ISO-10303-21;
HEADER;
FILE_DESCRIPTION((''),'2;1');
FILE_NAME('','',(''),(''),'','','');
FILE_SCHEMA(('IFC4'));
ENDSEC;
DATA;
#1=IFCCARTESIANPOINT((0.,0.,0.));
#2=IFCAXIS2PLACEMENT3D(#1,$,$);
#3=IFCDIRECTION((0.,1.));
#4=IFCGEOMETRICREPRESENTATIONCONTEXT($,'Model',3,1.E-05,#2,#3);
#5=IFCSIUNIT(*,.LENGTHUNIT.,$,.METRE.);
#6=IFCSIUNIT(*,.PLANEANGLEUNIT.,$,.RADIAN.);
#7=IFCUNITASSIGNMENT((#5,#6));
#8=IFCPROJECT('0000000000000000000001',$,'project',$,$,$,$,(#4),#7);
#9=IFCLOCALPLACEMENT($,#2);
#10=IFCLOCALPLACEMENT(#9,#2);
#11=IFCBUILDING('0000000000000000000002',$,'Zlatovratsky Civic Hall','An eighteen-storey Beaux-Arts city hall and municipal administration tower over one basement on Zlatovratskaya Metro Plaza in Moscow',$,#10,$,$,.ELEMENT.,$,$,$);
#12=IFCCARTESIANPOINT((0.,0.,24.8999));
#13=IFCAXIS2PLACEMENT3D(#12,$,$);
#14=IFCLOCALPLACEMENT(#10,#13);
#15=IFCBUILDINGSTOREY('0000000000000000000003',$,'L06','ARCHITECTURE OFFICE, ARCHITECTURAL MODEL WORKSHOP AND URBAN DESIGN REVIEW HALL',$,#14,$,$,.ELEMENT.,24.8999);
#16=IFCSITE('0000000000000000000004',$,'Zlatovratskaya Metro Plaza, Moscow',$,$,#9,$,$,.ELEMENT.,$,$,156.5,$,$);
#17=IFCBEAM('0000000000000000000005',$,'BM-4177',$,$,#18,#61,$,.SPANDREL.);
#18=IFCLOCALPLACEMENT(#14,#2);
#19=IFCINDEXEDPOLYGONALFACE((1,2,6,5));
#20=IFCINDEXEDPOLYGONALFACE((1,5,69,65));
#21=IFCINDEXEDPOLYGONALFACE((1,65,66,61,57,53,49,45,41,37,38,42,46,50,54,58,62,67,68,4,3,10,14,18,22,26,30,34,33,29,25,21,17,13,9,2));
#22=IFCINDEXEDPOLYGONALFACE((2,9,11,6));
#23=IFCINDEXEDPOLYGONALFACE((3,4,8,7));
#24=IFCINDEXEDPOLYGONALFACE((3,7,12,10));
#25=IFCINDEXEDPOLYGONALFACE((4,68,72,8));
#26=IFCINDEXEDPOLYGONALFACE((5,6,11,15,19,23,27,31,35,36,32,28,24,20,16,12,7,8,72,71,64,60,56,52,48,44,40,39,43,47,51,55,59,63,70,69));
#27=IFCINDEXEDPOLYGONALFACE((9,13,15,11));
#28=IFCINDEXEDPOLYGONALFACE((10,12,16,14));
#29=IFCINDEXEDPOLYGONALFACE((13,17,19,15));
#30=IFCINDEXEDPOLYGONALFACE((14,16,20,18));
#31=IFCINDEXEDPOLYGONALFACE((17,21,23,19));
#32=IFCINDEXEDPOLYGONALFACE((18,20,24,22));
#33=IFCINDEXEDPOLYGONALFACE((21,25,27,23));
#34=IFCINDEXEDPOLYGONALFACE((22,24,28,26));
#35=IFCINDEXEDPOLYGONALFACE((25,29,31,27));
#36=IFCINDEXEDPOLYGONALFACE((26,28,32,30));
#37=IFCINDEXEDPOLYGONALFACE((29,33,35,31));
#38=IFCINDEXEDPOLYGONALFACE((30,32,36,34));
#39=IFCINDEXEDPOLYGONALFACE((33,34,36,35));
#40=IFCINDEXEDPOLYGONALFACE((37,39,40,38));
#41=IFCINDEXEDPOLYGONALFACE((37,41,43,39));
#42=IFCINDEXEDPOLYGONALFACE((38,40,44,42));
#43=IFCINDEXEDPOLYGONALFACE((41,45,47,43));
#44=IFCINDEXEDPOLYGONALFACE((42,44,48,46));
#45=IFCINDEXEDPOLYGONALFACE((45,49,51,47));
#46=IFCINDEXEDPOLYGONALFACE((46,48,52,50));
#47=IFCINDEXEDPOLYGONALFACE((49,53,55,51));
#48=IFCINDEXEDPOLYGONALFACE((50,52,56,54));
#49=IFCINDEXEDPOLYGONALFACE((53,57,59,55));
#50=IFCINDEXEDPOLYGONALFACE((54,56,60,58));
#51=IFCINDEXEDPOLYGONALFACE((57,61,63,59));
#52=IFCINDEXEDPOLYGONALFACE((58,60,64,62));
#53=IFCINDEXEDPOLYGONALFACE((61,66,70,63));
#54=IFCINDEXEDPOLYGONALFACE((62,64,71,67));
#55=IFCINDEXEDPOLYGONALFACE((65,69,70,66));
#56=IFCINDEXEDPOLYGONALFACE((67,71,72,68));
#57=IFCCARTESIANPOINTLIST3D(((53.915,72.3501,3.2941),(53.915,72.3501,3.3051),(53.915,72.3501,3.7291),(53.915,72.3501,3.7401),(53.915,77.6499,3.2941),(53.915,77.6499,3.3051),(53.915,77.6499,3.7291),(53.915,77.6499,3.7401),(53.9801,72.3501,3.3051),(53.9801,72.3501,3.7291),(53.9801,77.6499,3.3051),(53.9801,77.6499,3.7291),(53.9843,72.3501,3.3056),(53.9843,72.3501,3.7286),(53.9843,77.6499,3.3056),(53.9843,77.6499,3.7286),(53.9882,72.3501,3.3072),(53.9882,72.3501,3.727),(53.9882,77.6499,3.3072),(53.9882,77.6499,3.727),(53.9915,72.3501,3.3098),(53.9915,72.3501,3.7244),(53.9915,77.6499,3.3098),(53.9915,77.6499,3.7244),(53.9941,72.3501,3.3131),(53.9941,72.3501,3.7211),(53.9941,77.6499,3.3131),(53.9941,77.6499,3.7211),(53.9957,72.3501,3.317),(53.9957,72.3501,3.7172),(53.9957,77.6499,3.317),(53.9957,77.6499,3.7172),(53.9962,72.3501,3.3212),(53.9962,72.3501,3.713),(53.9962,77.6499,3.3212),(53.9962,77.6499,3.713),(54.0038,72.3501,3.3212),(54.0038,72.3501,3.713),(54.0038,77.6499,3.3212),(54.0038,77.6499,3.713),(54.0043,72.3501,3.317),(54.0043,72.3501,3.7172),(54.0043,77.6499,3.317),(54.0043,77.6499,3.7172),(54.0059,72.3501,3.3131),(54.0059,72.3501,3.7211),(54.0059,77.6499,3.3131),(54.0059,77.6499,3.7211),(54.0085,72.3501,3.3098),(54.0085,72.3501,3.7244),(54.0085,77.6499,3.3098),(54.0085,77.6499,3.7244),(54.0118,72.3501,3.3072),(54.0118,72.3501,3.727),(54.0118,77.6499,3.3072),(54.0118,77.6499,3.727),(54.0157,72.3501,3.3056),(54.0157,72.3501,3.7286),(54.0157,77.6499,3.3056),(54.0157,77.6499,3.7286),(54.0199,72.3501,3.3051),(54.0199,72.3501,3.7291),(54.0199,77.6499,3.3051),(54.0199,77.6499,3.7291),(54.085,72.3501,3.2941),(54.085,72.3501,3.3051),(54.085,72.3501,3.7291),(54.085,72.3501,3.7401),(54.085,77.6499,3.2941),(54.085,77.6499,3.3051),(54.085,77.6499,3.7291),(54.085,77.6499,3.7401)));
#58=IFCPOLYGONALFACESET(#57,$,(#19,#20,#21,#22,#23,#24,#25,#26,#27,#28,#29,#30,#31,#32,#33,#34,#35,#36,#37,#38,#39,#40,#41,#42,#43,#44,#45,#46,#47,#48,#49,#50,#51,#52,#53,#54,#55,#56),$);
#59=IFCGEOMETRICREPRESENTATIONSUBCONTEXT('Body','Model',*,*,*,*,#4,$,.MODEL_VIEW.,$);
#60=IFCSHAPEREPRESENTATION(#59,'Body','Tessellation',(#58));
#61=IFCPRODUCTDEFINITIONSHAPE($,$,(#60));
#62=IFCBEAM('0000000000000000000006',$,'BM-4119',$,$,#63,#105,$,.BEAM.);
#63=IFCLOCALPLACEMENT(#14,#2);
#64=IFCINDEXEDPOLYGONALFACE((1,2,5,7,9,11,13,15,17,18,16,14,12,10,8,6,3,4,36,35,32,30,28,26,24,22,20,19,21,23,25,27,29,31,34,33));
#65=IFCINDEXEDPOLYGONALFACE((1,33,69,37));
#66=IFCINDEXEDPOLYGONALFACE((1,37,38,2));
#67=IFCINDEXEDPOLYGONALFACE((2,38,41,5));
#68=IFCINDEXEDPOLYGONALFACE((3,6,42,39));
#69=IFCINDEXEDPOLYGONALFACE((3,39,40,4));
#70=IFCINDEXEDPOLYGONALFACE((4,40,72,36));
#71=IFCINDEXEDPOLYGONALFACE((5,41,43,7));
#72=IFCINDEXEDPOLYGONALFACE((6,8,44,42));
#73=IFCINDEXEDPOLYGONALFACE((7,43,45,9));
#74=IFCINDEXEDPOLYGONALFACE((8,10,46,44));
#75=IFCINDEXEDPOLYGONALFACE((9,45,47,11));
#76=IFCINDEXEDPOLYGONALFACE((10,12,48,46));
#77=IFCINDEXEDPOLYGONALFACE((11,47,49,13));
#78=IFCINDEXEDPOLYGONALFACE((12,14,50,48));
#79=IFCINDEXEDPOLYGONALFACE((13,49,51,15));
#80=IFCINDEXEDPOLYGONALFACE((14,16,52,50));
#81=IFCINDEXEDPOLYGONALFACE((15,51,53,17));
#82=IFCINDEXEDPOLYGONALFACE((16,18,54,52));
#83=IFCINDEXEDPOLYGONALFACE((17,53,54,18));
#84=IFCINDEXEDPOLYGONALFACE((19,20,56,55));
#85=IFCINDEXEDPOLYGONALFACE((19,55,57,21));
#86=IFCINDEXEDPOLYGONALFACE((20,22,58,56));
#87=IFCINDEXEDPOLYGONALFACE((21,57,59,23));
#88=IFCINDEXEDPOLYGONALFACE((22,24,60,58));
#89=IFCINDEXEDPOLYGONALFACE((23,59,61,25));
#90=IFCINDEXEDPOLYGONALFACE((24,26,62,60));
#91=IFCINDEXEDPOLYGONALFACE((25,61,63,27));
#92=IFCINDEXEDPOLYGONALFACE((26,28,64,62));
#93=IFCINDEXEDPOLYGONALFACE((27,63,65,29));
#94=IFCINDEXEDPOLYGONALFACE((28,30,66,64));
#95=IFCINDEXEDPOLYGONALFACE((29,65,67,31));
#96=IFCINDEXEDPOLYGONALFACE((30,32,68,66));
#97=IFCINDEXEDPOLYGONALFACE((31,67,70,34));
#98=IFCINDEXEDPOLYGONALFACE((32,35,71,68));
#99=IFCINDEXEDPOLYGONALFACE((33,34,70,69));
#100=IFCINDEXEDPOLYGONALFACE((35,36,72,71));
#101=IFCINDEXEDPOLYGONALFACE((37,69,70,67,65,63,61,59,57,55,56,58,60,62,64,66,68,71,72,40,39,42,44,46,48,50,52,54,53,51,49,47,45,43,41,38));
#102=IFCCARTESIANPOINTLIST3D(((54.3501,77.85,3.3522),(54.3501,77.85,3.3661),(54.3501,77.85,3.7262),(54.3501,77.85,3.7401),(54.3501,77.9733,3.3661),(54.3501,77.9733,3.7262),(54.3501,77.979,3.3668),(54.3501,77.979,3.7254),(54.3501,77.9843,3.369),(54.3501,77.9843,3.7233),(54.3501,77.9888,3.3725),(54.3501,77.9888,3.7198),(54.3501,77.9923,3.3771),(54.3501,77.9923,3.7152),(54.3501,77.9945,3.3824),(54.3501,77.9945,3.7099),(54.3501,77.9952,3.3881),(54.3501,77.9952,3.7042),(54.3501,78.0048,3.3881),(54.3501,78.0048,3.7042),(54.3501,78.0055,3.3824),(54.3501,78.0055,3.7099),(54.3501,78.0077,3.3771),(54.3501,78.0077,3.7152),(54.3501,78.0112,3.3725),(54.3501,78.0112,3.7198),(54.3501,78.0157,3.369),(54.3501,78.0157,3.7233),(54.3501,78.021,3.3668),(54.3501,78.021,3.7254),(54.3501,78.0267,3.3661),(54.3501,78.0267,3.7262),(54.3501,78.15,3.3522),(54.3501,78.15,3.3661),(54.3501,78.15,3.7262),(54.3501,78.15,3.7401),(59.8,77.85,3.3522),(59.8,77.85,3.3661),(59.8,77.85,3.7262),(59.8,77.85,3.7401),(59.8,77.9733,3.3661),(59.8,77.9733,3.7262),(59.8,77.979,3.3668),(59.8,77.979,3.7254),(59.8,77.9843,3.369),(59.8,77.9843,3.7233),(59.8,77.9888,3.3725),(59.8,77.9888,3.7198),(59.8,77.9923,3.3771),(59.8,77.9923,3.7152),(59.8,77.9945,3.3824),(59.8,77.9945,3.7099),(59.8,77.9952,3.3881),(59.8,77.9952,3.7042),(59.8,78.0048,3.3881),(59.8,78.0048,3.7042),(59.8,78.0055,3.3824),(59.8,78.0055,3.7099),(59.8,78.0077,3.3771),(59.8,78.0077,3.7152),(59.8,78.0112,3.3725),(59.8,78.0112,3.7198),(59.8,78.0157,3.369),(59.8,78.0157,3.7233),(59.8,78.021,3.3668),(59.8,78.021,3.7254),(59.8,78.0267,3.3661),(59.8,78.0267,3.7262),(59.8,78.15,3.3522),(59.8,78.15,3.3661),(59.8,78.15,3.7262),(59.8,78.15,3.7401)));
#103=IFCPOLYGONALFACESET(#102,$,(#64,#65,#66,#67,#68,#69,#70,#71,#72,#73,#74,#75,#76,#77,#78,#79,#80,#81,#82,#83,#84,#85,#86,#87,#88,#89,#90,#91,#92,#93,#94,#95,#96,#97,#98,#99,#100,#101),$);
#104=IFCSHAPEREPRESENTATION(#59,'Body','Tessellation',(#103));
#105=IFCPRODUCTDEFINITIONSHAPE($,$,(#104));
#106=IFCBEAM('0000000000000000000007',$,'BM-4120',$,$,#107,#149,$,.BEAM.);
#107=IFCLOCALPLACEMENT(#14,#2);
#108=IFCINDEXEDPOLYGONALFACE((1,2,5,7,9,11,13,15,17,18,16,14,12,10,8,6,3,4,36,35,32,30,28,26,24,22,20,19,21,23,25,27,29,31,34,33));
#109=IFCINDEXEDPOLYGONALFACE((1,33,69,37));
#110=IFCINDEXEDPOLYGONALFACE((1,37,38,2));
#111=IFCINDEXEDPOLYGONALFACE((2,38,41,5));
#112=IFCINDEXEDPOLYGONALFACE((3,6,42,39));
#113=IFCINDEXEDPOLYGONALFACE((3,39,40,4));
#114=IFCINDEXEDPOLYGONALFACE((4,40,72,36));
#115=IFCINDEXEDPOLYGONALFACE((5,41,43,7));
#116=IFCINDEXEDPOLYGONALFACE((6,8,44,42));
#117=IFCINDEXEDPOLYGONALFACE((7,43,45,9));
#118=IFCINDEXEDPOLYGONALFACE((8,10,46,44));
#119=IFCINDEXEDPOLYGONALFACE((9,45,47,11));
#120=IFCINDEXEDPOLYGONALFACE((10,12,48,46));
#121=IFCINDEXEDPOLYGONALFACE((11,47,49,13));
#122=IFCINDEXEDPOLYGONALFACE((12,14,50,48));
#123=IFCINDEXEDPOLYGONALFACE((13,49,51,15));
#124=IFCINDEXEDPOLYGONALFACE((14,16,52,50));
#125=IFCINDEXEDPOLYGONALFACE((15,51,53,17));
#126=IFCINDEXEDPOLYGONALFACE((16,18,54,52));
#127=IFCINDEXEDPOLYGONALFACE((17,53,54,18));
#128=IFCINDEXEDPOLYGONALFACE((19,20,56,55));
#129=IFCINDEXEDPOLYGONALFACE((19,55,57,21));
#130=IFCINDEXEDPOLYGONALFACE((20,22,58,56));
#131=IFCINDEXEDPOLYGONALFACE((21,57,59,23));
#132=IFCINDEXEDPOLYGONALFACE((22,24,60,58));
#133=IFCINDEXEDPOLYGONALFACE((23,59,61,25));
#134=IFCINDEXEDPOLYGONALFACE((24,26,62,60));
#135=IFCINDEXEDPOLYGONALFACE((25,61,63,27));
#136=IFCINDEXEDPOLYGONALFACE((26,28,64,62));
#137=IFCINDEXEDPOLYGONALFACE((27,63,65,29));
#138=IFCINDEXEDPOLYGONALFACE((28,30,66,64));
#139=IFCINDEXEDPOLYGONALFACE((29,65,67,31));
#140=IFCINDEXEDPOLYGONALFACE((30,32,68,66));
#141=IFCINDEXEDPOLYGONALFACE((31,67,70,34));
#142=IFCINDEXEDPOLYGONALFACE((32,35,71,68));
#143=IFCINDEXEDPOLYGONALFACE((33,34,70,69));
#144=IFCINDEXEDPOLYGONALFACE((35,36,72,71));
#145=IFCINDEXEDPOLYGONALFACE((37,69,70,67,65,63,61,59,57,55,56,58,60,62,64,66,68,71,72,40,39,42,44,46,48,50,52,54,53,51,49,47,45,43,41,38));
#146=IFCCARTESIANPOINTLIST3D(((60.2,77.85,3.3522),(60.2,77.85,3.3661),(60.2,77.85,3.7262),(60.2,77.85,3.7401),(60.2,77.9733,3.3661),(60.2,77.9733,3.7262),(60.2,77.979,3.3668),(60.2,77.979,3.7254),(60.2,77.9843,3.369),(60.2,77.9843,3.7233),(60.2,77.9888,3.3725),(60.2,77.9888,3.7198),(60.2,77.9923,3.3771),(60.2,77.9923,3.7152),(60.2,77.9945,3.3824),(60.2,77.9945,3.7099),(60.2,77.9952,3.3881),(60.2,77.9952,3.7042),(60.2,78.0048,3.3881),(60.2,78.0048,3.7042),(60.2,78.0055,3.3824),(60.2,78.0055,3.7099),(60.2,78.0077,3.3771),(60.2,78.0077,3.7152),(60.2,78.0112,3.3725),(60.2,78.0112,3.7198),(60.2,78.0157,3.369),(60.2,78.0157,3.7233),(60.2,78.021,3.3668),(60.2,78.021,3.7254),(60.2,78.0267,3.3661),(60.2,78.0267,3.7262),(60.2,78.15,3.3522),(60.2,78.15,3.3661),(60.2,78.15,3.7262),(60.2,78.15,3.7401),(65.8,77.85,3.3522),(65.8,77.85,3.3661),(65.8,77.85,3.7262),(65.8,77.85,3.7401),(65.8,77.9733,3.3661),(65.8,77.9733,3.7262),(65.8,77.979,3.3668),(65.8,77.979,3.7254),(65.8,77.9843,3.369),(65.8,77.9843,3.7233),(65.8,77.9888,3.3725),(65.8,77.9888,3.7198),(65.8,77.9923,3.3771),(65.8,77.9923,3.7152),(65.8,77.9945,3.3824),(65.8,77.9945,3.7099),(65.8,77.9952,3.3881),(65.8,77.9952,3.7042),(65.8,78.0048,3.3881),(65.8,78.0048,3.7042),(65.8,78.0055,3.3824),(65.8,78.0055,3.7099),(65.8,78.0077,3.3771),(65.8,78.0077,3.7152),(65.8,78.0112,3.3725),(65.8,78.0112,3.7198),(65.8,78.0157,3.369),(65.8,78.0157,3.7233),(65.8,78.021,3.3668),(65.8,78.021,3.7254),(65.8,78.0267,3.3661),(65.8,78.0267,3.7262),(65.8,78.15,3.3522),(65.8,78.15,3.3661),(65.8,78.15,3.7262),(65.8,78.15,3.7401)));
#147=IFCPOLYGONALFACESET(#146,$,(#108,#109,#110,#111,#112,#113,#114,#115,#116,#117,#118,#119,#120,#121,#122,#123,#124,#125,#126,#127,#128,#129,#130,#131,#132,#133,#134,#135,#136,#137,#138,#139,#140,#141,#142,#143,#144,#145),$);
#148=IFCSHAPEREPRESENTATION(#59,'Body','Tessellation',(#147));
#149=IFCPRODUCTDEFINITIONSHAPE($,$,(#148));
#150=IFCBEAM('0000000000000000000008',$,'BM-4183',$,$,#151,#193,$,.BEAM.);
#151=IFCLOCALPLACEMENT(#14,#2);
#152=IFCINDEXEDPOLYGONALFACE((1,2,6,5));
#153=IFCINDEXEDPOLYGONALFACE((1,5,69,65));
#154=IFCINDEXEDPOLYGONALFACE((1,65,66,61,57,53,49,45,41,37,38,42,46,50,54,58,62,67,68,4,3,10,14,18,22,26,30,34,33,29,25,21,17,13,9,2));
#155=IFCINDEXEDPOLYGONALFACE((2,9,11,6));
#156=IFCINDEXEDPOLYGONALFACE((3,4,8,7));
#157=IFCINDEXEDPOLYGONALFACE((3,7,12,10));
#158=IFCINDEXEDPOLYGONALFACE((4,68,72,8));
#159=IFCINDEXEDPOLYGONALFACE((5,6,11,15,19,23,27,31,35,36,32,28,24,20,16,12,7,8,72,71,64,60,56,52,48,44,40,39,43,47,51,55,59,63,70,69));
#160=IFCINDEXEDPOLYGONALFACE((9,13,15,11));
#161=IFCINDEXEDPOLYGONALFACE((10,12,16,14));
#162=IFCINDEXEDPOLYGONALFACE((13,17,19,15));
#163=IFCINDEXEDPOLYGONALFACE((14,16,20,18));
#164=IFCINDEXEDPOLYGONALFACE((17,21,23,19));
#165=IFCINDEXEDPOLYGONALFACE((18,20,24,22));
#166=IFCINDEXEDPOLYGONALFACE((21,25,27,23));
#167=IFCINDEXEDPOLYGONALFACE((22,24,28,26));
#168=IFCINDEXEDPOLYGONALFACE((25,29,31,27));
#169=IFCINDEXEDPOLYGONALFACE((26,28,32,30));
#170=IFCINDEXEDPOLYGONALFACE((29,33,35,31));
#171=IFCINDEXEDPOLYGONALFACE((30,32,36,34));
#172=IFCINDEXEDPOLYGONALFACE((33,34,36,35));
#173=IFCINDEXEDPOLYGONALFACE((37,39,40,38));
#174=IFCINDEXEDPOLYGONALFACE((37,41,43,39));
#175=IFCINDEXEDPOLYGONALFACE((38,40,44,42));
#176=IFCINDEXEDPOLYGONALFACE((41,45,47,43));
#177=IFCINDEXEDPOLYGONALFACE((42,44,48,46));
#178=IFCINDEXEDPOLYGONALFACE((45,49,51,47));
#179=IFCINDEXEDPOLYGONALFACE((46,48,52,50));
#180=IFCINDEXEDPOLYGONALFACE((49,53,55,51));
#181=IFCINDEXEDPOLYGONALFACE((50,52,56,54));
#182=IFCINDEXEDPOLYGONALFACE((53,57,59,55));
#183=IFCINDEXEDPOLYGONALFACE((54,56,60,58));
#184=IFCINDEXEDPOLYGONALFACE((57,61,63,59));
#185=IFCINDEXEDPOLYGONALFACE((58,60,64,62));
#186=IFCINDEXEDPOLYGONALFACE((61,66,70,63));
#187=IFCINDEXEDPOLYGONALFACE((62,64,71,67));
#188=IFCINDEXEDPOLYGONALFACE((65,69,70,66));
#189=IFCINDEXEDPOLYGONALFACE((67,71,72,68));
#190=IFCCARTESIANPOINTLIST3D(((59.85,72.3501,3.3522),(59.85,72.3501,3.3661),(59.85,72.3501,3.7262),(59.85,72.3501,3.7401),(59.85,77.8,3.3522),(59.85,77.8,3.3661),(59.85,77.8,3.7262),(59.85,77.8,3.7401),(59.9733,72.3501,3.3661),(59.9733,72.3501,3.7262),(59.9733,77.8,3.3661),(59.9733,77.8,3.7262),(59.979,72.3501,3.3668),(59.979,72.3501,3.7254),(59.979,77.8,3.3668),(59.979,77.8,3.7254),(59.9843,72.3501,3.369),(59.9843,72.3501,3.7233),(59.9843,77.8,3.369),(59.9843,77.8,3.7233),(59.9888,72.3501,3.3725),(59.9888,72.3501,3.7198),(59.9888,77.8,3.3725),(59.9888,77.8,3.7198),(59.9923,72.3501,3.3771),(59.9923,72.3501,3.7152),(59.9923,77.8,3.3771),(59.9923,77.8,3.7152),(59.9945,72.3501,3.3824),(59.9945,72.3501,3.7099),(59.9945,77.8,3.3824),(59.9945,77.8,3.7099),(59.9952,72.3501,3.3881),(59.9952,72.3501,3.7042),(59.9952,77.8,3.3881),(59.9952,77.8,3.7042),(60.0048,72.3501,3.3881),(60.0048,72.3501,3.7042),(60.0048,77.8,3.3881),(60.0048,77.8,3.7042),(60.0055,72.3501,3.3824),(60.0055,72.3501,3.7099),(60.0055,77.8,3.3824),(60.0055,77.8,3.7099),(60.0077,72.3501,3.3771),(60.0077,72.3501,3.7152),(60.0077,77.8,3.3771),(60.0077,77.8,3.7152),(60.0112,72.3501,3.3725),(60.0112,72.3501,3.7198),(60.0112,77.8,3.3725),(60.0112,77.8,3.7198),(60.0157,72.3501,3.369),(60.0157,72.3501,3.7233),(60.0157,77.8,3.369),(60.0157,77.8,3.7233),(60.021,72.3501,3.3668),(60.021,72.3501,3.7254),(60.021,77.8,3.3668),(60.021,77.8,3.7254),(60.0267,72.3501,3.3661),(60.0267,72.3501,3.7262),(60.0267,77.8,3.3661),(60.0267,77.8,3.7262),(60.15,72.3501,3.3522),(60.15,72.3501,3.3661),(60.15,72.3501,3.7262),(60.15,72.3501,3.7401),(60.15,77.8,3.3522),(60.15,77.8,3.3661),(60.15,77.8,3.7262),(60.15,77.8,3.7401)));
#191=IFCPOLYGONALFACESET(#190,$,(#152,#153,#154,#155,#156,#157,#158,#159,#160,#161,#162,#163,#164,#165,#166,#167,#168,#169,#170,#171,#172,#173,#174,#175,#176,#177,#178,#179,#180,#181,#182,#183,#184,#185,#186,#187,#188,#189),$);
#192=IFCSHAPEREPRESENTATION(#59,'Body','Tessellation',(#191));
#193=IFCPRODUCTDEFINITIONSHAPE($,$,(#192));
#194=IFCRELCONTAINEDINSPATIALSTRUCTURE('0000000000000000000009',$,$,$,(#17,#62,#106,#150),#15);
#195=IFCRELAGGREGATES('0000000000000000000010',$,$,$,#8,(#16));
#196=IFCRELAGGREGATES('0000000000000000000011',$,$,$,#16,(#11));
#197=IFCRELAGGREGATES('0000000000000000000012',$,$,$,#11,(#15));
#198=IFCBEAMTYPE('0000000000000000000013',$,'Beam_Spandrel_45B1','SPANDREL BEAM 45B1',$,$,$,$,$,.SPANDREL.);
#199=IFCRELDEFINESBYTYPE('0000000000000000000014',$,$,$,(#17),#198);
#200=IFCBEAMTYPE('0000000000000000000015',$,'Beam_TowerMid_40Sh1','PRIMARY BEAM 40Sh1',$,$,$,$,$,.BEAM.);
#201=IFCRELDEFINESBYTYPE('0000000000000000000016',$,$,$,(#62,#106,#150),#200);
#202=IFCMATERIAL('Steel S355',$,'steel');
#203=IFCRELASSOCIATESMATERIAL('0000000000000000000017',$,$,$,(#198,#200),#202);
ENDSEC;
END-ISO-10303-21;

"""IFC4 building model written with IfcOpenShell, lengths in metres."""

from ifc_helpers import new_model, si_unit, direction, frame, origin, origin_2d, place, context, subcontext, project, spatial, i_section, extrude, material, material_profile, profile_set, type_object, element, save


model = new_model("IFC4")

# Units and contexts
model_context = context("Model", 3, precision=1e-05, world=origin(), true_north=direction((0.0, 1.0)))
body_context = subcontext(model_context, "Body", "Model", "MODEL_VIEW")
ifc_project = project(units=[si_unit("LENGTHUNIT", "METRE"), si_unit("PLANEANGLEUNIT", "RADIAN")], contexts=[model_context])

# Site, building, storey
site_placement = place(None, origin())
site = spatial("IfcSite", under=ifc_project, at=site_placement, Name="Zlatovratskaya Metro Plaza, Moscow", CompositionType="ELEMENT", RefElevation=156.5)
building_placement = place(site_placement, origin())
building = spatial("IfcBuilding", under=site, at=building_placement, Name="Zlatovratsky Civic Hall", Description="An eighteen-storey Beaux-Arts city hall and municipal administration tower over one basement on Zlatovratskaya Metro Plaza in Moscow", CompositionType="ELEMENT")
storey_placement = place(building_placement, frame((0.0, 0.0, 24.8999)))
storey = spatial("IfcBuildingStorey", under=building, at=storey_placement, Name="L06", Description="ARCHITECTURE OFFICE, ARCHITECTURAL MODEL WORKSHOP AND URBAN DESIGN REVIEW HALL", CompositionType="ELEMENT", Elevation=24.8999)

# Shared definitions
ifc_material_1 = material(Name="Steel S355", Category="steel")

# Beams
ifc_material_profile_1 = material_profile(ifc_material_1, i_section(OverallWidth=0.1699, OverallDepth=0.446, WebThickness=0.0076, FlangeThickness=0.011, FilletRadius=0.0161, at=origin_2d()), Name="45B1")
ifc_profile_set_1 = profile_set([ifc_material_profile_1], Name="Steel S355")
beam_type_1 = type_object("IfcBeamType", Name="Beam_Spandrel_45B1", Description="SPANDREL BEAM 45B1", PredefinedType="SPANDREL", material=ifc_profile_set_1)
for number, where, z_axis, x_axis, name in (
    (1, (54.0, 72.3501, 3.5171), (0.0, 1.0, 0.0), (-1.0, 0.0, 0.0), "BM-4177"),
):
    element("IfcBeam", number, at=place(storey_placement, frame(where, z_axis=z_axis, x_axis=x_axis)), inside=storey, type_object=beam_type_1, Name=name, PredefinedType="SPANDREL", context=body_context, shape_type="SweptSolid", body=[
        extrude(i_section(OverallWidth=0.1699, OverallDepth=0.446, WebThickness=0.0076, FlangeThickness=0.011, FilletRadius=0.0161, at=origin_2d()), origin(), (0.0, 0.0, 1.0), 5.2998),
    ])
ifc_material_profile_2 = material_profile(ifc_material_1, i_section(OverallWidth=0.3, OverallDepth=0.3879, WebThickness=0.0095, FlangeThickness=0.0139, FilletRadius=0.022, at=origin_2d()), Name="40Sh1")
ifc_profile_set_2 = profile_set([ifc_material_profile_2], Name="Steel S355")
beam_type_2 = type_object("IfcBeamType", Name="Beam_TowerMid_40Sh1", Description="PRIMARY BEAM 40Sh1", PredefinedType="BEAM", material=ifc_profile_set_2)
beam_1_placement = place(storey_placement, frame((54.3501, 78.0, 3.5461), z_axis=(1.0, 0.0, 0.0), x_axis=(0.0, 1.0, 0.0)))
element("IfcBeam", 2, at=beam_1_placement, inside=storey, type_object=beam_type_2, Name="BM-4119", PredefinedType="BEAM", context=body_context, shape_type="SweptSolid", body=[
    extrude(i_section(OverallWidth=0.3, OverallDepth=0.3879, WebThickness=0.0095, FlangeThickness=0.0139, FilletRadius=0.022, at=origin_2d()), origin(), (0.0, 0.0, 1.0), 5.45),
])
beam_2_placement = place(storey_placement, frame((60.2, 78.0, 3.5461), z_axis=(1.0, 0.0, 0.0), x_axis=(0.0, 1.0, 0.0)))
element("IfcBeam", 3, at=beam_2_placement, inside=storey, type_object=beam_type_2, Name="BM-4120", PredefinedType="BEAM", context=body_context, shape_type="SweptSolid", body=[
    extrude(i_section(OverallWidth=0.3, OverallDepth=0.3879, WebThickness=0.0095, FlangeThickness=0.0139, FilletRadius=0.022, at=origin_2d()), origin(), (0.0, 0.0, 1.0), 5.6001),
])
beam_3_placement = place(storey_placement, frame((60.0, 72.3501, 3.5461), z_axis=(0.0, 1.0, 0.0), x_axis=(-1.0, 0.0, 0.0)))
element("IfcBeam", 4, at=beam_3_placement, inside=storey, type_object=beam_type_2, Name="BM-4183", PredefinedType="BEAM", context=body_context, shape_type="SweptSolid", body=[
    extrude(i_section(OverallWidth=0.3, OverallDepth=0.3879, WebThickness=0.0095, FlangeThickness=0.0139, FilletRadius=0.022, at=origin_2d()), origin(), (0.0, 0.0, 1.0), 5.45),
])

save(model, "model.ifc")
